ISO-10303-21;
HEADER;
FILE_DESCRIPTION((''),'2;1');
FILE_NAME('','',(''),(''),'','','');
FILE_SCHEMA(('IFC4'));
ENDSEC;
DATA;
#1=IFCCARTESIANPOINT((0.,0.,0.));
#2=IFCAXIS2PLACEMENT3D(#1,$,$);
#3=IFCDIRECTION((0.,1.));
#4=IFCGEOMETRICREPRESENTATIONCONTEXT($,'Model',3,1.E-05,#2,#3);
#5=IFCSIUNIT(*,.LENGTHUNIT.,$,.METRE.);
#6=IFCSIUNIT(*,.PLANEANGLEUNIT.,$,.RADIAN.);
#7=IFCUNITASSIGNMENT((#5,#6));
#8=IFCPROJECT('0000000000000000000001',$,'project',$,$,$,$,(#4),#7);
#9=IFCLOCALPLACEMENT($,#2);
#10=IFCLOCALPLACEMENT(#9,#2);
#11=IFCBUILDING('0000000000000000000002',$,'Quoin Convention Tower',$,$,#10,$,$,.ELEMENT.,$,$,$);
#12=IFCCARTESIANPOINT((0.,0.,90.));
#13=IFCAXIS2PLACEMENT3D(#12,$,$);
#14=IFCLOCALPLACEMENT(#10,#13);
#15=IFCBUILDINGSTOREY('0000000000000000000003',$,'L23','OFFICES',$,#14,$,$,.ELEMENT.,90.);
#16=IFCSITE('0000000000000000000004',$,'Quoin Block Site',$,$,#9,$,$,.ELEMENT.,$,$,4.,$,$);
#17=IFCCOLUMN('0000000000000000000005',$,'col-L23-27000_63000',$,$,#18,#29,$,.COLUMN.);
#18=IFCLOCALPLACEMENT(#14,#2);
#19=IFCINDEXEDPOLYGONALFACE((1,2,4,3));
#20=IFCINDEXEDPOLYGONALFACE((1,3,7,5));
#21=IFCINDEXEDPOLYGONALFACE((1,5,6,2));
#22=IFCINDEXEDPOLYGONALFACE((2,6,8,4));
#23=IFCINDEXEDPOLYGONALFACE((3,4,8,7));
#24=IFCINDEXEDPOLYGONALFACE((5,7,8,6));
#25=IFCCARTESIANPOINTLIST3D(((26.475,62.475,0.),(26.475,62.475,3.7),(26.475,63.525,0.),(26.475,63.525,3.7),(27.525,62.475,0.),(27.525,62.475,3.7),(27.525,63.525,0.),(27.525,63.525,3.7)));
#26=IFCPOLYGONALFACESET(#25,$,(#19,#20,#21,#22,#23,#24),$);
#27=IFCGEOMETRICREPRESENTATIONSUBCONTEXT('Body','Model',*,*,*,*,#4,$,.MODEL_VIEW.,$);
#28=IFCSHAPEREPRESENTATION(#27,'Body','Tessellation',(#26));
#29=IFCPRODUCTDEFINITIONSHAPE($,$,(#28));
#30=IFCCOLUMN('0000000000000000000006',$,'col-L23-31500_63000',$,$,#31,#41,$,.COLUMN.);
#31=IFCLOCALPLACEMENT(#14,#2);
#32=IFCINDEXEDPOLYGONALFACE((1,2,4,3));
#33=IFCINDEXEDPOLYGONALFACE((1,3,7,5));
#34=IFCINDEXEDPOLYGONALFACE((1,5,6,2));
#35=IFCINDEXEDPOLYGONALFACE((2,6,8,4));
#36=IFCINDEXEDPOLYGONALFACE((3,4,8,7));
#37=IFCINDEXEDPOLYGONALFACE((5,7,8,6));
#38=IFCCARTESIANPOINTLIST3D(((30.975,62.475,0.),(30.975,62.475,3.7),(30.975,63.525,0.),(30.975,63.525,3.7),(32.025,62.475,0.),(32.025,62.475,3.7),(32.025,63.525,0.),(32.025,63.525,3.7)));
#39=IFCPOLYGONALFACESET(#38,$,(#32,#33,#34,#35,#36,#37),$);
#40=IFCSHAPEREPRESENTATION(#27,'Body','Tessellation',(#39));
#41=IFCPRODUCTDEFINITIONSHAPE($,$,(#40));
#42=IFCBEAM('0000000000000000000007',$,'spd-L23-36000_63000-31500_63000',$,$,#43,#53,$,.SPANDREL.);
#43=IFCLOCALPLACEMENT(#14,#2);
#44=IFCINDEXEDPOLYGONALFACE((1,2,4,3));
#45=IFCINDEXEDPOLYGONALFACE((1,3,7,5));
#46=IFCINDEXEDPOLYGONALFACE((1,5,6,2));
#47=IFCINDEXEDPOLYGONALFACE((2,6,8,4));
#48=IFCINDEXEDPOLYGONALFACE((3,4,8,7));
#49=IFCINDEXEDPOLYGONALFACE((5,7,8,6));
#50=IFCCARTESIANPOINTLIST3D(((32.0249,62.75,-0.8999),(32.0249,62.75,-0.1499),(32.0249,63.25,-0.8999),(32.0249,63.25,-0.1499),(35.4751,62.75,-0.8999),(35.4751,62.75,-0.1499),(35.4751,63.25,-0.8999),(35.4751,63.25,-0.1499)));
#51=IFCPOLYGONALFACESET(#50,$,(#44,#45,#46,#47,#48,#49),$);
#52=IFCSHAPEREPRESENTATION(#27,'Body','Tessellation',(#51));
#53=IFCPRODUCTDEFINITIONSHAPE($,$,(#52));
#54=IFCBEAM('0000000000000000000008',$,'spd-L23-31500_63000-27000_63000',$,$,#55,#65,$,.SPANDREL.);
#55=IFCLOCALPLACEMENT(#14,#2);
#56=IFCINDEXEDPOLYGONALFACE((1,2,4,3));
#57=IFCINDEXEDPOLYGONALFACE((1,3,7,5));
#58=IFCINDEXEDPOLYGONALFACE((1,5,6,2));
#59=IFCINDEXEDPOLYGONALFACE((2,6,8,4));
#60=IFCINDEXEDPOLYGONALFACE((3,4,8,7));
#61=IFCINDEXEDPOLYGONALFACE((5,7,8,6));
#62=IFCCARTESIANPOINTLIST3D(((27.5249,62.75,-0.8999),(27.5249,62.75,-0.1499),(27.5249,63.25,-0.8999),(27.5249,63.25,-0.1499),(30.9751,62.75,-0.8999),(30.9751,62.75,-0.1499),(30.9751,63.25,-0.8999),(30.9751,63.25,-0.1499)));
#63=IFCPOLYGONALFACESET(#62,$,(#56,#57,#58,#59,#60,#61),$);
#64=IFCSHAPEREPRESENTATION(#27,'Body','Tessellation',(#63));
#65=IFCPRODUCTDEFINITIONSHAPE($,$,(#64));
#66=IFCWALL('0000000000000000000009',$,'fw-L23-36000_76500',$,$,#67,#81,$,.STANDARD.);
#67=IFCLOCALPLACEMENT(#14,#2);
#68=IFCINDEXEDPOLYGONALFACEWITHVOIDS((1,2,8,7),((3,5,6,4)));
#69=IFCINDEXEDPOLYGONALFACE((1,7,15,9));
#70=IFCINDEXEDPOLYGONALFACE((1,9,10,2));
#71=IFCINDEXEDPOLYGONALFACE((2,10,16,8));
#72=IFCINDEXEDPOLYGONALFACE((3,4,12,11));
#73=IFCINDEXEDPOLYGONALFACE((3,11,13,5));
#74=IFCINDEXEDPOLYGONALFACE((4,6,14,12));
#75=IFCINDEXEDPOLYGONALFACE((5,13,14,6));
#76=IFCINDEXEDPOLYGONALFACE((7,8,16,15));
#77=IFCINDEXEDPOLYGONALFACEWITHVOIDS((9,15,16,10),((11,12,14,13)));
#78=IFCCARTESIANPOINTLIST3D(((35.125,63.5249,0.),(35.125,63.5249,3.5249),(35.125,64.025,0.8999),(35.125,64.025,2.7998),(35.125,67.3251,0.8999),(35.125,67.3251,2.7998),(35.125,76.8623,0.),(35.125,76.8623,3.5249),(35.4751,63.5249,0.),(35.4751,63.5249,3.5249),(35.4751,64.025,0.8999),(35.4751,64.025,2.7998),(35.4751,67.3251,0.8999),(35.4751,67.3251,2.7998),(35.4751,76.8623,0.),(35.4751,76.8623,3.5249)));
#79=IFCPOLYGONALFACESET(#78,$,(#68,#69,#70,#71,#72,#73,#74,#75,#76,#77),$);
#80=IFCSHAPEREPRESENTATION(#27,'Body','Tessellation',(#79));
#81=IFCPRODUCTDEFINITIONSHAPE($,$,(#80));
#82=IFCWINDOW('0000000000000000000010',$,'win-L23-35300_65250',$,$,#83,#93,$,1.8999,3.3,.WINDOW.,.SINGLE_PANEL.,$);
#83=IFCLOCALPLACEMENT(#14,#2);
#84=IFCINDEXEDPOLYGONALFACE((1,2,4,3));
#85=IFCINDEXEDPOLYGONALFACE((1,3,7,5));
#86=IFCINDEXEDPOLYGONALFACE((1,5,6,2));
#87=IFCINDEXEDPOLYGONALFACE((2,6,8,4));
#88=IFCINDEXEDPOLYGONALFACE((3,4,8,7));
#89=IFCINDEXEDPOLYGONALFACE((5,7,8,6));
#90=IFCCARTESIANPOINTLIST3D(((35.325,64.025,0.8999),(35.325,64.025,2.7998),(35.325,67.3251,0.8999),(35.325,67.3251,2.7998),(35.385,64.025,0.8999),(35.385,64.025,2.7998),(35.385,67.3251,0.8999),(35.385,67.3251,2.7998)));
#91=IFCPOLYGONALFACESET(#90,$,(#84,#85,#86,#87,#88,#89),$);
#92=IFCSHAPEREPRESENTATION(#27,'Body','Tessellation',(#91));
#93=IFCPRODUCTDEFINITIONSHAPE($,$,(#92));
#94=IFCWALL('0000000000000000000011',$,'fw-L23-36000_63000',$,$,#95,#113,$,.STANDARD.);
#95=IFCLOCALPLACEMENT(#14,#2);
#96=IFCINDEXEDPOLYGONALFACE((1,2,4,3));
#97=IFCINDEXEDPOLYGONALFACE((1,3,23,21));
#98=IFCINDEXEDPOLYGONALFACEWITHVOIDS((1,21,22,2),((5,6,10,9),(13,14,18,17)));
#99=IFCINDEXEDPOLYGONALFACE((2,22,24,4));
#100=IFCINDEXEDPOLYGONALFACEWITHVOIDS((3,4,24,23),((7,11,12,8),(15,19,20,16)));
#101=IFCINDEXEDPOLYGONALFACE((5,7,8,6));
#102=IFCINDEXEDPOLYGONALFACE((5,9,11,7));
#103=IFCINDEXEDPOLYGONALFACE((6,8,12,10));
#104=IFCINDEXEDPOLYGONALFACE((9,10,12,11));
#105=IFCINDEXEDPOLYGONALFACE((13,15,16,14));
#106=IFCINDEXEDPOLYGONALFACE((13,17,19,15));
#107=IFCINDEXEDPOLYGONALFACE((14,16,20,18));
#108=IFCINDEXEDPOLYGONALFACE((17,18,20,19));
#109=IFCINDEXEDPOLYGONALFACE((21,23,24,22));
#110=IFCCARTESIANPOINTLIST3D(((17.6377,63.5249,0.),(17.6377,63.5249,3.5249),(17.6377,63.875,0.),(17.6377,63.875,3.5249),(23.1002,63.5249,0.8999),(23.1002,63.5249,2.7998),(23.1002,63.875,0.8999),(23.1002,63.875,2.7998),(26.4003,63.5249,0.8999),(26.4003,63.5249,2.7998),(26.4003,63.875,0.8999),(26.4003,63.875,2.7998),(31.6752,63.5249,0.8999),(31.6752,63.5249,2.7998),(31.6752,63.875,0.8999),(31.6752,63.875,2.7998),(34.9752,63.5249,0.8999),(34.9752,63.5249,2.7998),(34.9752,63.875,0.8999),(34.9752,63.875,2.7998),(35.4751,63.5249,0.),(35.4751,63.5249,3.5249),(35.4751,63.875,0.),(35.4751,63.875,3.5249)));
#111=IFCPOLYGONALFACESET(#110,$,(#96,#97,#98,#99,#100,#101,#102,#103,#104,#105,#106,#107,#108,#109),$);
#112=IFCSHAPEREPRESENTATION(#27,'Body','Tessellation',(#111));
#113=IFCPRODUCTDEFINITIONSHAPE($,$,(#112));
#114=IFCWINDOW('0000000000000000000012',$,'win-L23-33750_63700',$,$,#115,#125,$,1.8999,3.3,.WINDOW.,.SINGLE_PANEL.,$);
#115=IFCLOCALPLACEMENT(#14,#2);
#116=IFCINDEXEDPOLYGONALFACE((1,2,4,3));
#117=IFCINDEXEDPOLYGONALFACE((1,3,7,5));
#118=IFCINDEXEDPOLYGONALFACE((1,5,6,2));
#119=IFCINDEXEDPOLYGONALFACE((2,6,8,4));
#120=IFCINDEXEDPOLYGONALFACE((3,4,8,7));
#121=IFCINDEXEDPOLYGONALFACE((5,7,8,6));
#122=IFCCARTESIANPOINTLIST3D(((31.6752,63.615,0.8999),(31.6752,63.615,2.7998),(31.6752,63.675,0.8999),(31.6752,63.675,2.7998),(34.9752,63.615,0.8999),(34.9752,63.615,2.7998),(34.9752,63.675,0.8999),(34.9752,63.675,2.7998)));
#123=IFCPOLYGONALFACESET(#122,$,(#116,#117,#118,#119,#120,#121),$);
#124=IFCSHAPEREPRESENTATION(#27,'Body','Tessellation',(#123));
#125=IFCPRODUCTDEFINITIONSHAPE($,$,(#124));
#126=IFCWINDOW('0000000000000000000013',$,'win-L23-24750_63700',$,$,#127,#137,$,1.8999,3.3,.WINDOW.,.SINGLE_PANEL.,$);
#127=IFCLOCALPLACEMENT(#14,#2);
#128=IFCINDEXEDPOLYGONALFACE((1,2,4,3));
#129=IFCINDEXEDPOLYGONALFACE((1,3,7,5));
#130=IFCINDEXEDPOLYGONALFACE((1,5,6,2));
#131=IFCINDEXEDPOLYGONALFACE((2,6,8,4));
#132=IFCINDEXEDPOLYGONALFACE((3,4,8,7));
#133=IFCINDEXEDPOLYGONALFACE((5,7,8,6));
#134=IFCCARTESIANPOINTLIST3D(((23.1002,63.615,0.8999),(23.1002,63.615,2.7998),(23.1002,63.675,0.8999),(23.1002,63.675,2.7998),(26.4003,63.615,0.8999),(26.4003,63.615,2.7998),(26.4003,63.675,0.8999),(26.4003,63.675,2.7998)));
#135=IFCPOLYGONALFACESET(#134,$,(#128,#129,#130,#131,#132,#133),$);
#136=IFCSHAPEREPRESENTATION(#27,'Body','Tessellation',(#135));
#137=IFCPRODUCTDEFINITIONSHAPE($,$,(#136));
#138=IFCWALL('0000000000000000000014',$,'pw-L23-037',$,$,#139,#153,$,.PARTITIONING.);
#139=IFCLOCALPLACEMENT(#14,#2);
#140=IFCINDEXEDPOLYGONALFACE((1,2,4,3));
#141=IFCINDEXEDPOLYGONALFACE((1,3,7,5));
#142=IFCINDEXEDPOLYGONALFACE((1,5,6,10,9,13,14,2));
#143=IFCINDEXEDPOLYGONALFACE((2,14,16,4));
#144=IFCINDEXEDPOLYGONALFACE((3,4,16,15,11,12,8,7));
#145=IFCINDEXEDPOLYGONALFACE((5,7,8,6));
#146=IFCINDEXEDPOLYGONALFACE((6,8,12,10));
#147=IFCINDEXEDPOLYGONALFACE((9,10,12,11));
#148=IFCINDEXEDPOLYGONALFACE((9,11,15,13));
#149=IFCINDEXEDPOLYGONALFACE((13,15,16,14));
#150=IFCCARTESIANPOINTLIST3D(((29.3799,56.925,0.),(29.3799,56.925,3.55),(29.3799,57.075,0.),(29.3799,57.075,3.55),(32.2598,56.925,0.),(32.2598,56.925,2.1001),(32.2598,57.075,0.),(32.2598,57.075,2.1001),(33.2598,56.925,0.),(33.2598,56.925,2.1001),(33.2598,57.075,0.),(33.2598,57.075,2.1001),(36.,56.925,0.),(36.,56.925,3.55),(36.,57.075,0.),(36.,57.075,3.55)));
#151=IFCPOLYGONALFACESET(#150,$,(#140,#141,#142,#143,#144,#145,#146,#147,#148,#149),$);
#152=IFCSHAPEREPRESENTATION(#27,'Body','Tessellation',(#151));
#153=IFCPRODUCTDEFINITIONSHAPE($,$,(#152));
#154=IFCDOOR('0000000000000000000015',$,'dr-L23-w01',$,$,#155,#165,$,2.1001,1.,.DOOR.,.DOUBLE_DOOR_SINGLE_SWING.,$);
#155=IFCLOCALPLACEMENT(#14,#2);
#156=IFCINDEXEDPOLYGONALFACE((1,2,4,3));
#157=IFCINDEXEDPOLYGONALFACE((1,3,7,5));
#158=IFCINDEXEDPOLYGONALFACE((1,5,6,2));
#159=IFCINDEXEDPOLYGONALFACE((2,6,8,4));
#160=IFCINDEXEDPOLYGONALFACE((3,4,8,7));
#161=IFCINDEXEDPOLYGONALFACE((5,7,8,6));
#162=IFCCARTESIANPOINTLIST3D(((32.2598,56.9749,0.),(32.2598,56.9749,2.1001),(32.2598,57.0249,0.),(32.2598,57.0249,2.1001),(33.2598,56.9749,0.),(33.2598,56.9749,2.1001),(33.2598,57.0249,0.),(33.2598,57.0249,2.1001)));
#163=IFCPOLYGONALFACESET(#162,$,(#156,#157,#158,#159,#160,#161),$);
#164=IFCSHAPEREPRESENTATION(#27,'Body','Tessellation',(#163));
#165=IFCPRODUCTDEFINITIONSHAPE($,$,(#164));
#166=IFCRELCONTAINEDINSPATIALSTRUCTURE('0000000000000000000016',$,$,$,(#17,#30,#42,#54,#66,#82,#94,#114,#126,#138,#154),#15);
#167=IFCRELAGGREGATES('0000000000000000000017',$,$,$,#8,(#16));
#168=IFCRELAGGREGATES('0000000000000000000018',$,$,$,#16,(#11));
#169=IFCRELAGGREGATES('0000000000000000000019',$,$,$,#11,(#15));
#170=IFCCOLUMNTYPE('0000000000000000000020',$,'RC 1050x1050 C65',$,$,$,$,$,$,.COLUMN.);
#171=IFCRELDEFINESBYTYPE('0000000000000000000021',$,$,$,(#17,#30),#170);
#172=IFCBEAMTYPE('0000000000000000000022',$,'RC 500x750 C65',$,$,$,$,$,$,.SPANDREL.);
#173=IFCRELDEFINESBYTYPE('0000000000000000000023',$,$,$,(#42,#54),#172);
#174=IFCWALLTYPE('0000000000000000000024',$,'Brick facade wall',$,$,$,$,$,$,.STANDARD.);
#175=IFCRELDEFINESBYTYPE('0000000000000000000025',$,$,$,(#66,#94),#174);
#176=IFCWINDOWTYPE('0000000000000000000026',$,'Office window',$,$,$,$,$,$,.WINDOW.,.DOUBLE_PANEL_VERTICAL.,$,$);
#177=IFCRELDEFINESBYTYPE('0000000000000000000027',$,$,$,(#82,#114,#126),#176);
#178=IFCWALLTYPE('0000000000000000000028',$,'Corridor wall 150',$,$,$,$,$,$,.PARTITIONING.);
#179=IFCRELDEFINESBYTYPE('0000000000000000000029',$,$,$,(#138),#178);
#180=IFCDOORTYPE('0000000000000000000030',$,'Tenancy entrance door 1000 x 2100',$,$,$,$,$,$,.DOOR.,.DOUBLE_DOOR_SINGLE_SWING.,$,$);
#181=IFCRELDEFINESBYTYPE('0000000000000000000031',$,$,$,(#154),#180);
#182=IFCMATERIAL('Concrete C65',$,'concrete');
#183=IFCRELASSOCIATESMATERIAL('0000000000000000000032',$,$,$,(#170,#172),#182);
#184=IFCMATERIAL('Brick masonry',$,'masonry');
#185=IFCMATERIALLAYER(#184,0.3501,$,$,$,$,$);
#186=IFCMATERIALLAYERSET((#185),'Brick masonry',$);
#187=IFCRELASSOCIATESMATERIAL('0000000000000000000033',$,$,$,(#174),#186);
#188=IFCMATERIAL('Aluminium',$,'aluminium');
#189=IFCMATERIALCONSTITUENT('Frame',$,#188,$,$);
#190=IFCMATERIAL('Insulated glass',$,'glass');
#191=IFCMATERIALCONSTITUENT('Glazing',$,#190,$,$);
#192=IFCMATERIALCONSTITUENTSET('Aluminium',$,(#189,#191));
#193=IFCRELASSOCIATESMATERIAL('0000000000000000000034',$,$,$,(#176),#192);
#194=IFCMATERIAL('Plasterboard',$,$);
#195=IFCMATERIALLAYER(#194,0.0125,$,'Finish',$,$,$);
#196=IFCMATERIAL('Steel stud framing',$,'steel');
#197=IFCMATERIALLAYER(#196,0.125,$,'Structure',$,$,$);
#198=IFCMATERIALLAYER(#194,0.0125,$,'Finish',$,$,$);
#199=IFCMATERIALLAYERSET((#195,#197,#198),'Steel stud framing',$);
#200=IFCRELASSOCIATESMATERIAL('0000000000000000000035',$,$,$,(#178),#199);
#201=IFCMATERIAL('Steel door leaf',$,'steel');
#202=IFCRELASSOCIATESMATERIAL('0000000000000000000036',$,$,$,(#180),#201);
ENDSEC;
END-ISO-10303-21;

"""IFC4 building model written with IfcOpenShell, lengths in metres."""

from ifc_helpers import new_model, si_unit, direction, frame, frame_2d, origin, origin_2d, place, context, subcontext, project, spatial, rectangle, extrude, material, layer, layer_set, constituent, constituent_set, material_profile, profile_set, type_object, element, fill, save


model = new_model("IFC4")

# Units and contexts
model_context = context("Model", 3, precision=1e-05, world=origin(), true_north=direction((0.0, 1.0)))
body_context = subcontext(model_context, "Body", "Model", "MODEL_VIEW")
ifc_project = project(units=[si_unit("LENGTHUNIT", "METRE"), si_unit("PLANEANGLEUNIT", "RADIAN")], contexts=[model_context])

# Site, building, storey
site_placement = place(None, origin())
site = spatial("IfcSite", under=ifc_project, at=site_placement, Name="Quoin Block Site", CompositionType="ELEMENT", RefElevation=4.0)
building_placement = place(site_placement, origin())
building = spatial("IfcBuilding", under=site, at=building_placement, Name="Quoin Convention Tower", CompositionType="ELEMENT")
storey_placement = place(building_placement, frame((0.0, 0.0, 90.0)))
storey = spatial("IfcBuildingStorey", under=building, at=storey_placement, Name="L23", Description="OFFICES", CompositionType="ELEMENT", Elevation=90.0)

# Columns
ifc_material_1 = material(Name="Concrete C65", Category="concrete")
ifc_material_profile_1 = material_profile(ifc_material_1, rectangle(XDim=1.05, YDim=1.05, at=origin_2d()), Name="RC 1050x1050")
ifc_profile_set_1 = profile_set([ifc_material_profile_1], Name="Concrete C65")
column_type = type_object("IfcColumnType", Name="RC 1050x1050 C65", PredefinedType="COLUMN", material=ifc_profile_set_1)
for number, where, z_axis, x_axis, name in (
    (1, (27.0, 63.0, 0.0), (0.0, 0.0, 1.0), (1.0, 0.0, 0.0), "col-L23-27000_63000"),
    (2, (31.5, 63.0, 0.0), (0.0, 0.0, 1.0), (1.0, 0.0, 0.0), "col-L23-31500_63000"),
):
    element("IfcColumn", number, at=place(storey_placement, frame(where, z_axis=z_axis, x_axis=x_axis)), inside=storey, type_object=column_type, Name=name, PredefinedType="COLUMN", context=body_context, shape_type="SweptSolid", body=[
        extrude(rectangle(XDim=1.05, YDim=1.05, at=origin_2d()), origin(), (0.0, 0.0, 1.0), 3.7),
    ])

# Beams
ifc_material_profile_2 = material_profile(ifc_material_1, rectangle(XDim=0.5, YDim=0.75, at=origin_2d()), Name="RC 500x750")
ifc_profile_set_2 = profile_set([ifc_material_profile_2], Name="Concrete C65")
beam_type = type_object("IfcBeamType", Name="RC 500x750 C65", PredefinedType="SPANDREL", material=ifc_profile_set_2)
for number, where, z_axis, x_axis, name in (
    (3, (35.4751, 63.0, -0.5249), (-1.0, 0.0, 0.0), (0.0, -1.0, 0.0), "spd-L23-36000_63000-31500_63000"),
    (4, (30.9751, 63.0, -0.5249), (-1.0, 0.0, 0.0), (0.0, -1.0, 0.0), "spd-L23-31500_63000-27000_63000"),
):
    element("IfcBeam", number, at=place(storey_placement, frame(where, z_axis=z_axis, x_axis=x_axis)), inside=storey, type_object=beam_type, Name=name, PredefinedType="SPANDREL", context=body_context, shape_type="SweptSolid", body=[
        extrude(rectangle(XDim=0.5, YDim=0.75, at=origin_2d()), origin(), (0.0, 0.0, 1.0), 3.4502),
    ])

# Wall, opening, window
ifc_material_2 = material(Name="Brick masonry", Category="masonry")
ifc_layer_1 = layer(ifc_material_2, 0.3501)
ifc_layer_set_1 = layer_set([ifc_layer_1], Name="Brick masonry")
wall_type_1 = type_object("IfcWallType", Name="Brick facade wall", PredefinedType="STANDARD", material=ifc_layer_set_1)
wall_1_placement = place(storey_placement, frame((35.3, 76.8623, 0.0), z_axis=(0.0, 0.0, 1.0), x_axis=(0.0, -1.0, 0.0)))
wall_1 = element("IfcWall", 5, at=wall_1_placement, inside=storey, type_object=wall_type_1, Name="fw-L23-36000_76500", PredefinedType="STANDARD", context=body_context, shape_type="SweptSolid", body=[
    extrude(rectangle(XDim=13.3374, YDim=0.3501, at=frame_2d((6.6687, 0.0))), origin(), (0.0, 0.0, 1.0), 3.5249),
])
opening_1_placement = place(wall_1_placement, frame((9.5374, 0.0, 0.8999)))
opening_1 = element("IfcOpeningElement", 6, at=opening_1_placement, cuts=wall_1, PredefinedType="OPENING", context=body_context, shape_type="SweptSolid", body=[
    extrude(rectangle(XDim=3.3, YDim=1.8999, at=frame_2d((1.6499, 0.95))), frame((0.0, 0.1851, 0.0), z_axis=(0.0, -1.0, 0.0), x_axis=(1.0, 0.0, 0.0)), (0.0, 0.0, 1.0), 0.3701),
])
ifc_material_3 = material(Name="Aluminium", Category="aluminium")
ifc_constituent_1 = constituent(ifc_material_3, Name="Frame")
ifc_material_4 = material(Name="Insulated glass", Category="glass")
ifc_constituent_2 = constituent(ifc_material_4, Name="Glazing")
ifc_constituent_set = constituent_set(constituents=[ifc_constituent_1, ifc_constituent_2], Name="Aluminium")
window_type = type_object("IfcWindowType", Name="Office window", PartitioningType="DOUBLE_PANEL_VERTICAL", PredefinedType="WINDOW", material=ifc_constituent_set)
window_1_placement = place(opening_1_placement, origin())
window_1 = element("IfcWindow", 7, at=window_1_placement, inside=storey, type_object=window_type, Name="win-L23-35300_65250", OverallHeight=1.8999, OverallWidth=3.3, PartitioningType="SINGLE_PANEL", PredefinedType="WINDOW", context=body_context, shape_type="SweptSolid", body=[
    extrude(rectangle(XDim=3.3, YDim=1.8999, at=frame_2d((1.6499, 0.95))), frame((0.0, 0.085, 0.0), z_axis=(0.0, -1.0, 0.0), x_axis=(1.0, 0.0, 0.0)), (0.0, 0.0, 1.0), 0.0601),
])
fill(opening_1, window_1)

# Wall, openings, windows
wall_2_placement = place(storey_placement, frame((35.4751, 63.7, 0.0), z_axis=(0.0, 0.0, 1.0), x_axis=(-1.0, 0.0, 0.0)))
wall_2 = element("IfcWall", 8, at=wall_2_placement, inside=storey, type_object=wall_type_1, Name="fw-L23-36000_63000", PredefinedType="STANDARD", context=body_context, shape_type="SweptSolid", body=[
    extrude(rectangle(XDim=17.8374, YDim=0.3501, at=frame_2d((8.9187, 0.0))), origin(), (0.0, 0.0, 1.0), 3.5249),
])
opening_2_placement = place(wall_2_placement, frame((0.5, 0.0, 0.8999)))
opening_2 = element("IfcOpeningElement", 9, at=opening_2_placement, cuts=wall_2, PredefinedType="OPENING", context=body_context, shape_type="SweptSolid", body=[
    extrude(rectangle(XDim=3.3, YDim=1.8999, at=frame_2d((1.6499, 0.95))), frame((0.0, 0.1851, 0.0), z_axis=(0.0, -1.0, 0.0), x_axis=(1.0, 0.0, 0.0)), (0.0, 0.0, 1.0), 0.3701),
])
opening_3_placement = place(wall_2_placement, frame((9.075, 0.0, 0.8999)))
opening_3 = element("IfcOpeningElement", 10, at=opening_3_placement, cuts=wall_2, PredefinedType="OPENING", context=body_context, shape_type="SweptSolid", body=[
    extrude(rectangle(XDim=3.3, YDim=1.8999, at=frame_2d((1.6499, 0.95))), frame((0.0, 0.1851, 0.0), z_axis=(0.0, -1.0, 0.0), x_axis=(1.0, 0.0, 0.0)), (0.0, 0.0, 1.0), 0.3701),
])
window_2_placement = place(opening_2_placement, origin())
window_2 = element("IfcWindow", 11, at=window_2_placement, inside=storey, type_object=window_type, Name="win-L23-33750_63700", OverallHeight=1.8999, OverallWidth=3.3, PartitioningType="SINGLE_PANEL", PredefinedType="WINDOW", context=body_context, shape_type="SweptSolid", body=[
    extrude(rectangle(XDim=3.3, YDim=1.8999, at=frame_2d((1.6499, 0.95))), frame((0.0, 0.085, 0.0), z_axis=(0.0, -1.0, 0.0), x_axis=(1.0, 0.0, 0.0)), (0.0, 0.0, 1.0), 0.0601),
])
fill(opening_2, window_2)
window_3_placement = place(opening_3_placement, origin())
window_3 = element("IfcWindow", 12, at=window_3_placement, inside=storey, type_object=window_type, Name="win-L23-24750_63700", OverallHeight=1.8999, OverallWidth=3.3, PartitioningType="SINGLE_PANEL", PredefinedType="WINDOW", context=body_context, shape_type="SweptSolid", body=[
    extrude(rectangle(XDim=3.3, YDim=1.8999, at=frame_2d((1.6499, 0.95))), frame((0.0, 0.085, 0.0), z_axis=(0.0, -1.0, 0.0), x_axis=(1.0, 0.0, 0.0)), (0.0, 0.0, 1.0), 0.0601),
])
fill(opening_3, window_3)

# Wall, opening, door
ifc_material_5 = material(Name="Plasterboard")
ifc_layer_2 = layer(ifc_material_5, 0.0125, Name="Finish")
ifc_material_6 = material(Name="Steel stud framing", Category="steel")
ifc_layer_3 = layer(ifc_material_6, 0.125, Name="Structure")
ifc_layer_4 = layer(ifc_material_5, 0.0125, Name="Finish")
ifc_layer_set_2 = layer_set([ifc_layer_2, ifc_layer_3, ifc_layer_4], Name="Steel stud framing")
wall_type_2 = type_object("IfcWallType", Name="Corridor wall 150", PredefinedType="PARTITIONING", material=ifc_layer_set_2)
wall_3_placement = place(storey_placement, frame((29.3799, 57.0, 0.0), z_axis=(0.0, 0.0, 1.0), x_axis=(1.0, 0.0, 0.0)))
wall_3 = element("IfcWall", 13, at=wall_3_placement, inside=storey, type_object=wall_type_2, Name="pw-L23-037", PredefinedType="PARTITIONING", context=body_context, shape_type="SweptSolid", body=[
    extrude(rectangle(XDim=6.6201, YDim=0.1499, at=frame_2d((3.3101, 0.0))), origin(), (0.0, 0.0, 1.0), 3.55),
])
opening_4_placement = place(wall_3_placement, frame((2.8799, 0.0, 0.0)))
opening_4 = element("IfcOpeningElement", 14, at=opening_4_placement, cuts=wall_3, PredefinedType="OPENING", context=body_context, shape_type="SweptSolid", body=[
    extrude(rectangle(XDim=1.0, YDim=2.1001, at=frame_2d((0.5, 1.05))), frame((0.0, 0.085, 0.0), z_axis=(0.0, -1.0, 0.0), x_axis=(1.0, 0.0, 0.0)), (0.0, 0.0, 1.0), 0.1699),
])
ifc_material_7 = material(Name="Steel door leaf", Category="steel")
door_type_1 = type_object("IfcDoorType", Name="Tenancy entrance door 1000 x 2100", OperationType="DOUBLE_DOOR_SINGLE_SWING", PredefinedType="DOOR", material=ifc_material_7)
door_1_placement = place(opening_4_placement, origin())
door_1 = element("IfcDoor", 15, at=door_1_placement, inside=storey, type_object=door_type_1, Name="dr-L23-w01", OperationType="DOUBLE_DOOR_SINGLE_SWING", OverallHeight=2.1001, OverallWidth=1.0, PredefinedType="DOOR", context=body_context, shape_type="SweptSolid", body=[
    extrude(rectangle(XDim=1.0, YDim=2.1001, at=frame_2d((0.5, 1.05))), frame((0.0, 0.0249, 0.0), z_axis=(0.0, -1.0, 0.0), x_axis=(1.0, 0.0, 0.0)), (0.0, 0.0, 1.0), 0.05),
])
fill(opening_4, door_1)

save(model, "model.ifc")
